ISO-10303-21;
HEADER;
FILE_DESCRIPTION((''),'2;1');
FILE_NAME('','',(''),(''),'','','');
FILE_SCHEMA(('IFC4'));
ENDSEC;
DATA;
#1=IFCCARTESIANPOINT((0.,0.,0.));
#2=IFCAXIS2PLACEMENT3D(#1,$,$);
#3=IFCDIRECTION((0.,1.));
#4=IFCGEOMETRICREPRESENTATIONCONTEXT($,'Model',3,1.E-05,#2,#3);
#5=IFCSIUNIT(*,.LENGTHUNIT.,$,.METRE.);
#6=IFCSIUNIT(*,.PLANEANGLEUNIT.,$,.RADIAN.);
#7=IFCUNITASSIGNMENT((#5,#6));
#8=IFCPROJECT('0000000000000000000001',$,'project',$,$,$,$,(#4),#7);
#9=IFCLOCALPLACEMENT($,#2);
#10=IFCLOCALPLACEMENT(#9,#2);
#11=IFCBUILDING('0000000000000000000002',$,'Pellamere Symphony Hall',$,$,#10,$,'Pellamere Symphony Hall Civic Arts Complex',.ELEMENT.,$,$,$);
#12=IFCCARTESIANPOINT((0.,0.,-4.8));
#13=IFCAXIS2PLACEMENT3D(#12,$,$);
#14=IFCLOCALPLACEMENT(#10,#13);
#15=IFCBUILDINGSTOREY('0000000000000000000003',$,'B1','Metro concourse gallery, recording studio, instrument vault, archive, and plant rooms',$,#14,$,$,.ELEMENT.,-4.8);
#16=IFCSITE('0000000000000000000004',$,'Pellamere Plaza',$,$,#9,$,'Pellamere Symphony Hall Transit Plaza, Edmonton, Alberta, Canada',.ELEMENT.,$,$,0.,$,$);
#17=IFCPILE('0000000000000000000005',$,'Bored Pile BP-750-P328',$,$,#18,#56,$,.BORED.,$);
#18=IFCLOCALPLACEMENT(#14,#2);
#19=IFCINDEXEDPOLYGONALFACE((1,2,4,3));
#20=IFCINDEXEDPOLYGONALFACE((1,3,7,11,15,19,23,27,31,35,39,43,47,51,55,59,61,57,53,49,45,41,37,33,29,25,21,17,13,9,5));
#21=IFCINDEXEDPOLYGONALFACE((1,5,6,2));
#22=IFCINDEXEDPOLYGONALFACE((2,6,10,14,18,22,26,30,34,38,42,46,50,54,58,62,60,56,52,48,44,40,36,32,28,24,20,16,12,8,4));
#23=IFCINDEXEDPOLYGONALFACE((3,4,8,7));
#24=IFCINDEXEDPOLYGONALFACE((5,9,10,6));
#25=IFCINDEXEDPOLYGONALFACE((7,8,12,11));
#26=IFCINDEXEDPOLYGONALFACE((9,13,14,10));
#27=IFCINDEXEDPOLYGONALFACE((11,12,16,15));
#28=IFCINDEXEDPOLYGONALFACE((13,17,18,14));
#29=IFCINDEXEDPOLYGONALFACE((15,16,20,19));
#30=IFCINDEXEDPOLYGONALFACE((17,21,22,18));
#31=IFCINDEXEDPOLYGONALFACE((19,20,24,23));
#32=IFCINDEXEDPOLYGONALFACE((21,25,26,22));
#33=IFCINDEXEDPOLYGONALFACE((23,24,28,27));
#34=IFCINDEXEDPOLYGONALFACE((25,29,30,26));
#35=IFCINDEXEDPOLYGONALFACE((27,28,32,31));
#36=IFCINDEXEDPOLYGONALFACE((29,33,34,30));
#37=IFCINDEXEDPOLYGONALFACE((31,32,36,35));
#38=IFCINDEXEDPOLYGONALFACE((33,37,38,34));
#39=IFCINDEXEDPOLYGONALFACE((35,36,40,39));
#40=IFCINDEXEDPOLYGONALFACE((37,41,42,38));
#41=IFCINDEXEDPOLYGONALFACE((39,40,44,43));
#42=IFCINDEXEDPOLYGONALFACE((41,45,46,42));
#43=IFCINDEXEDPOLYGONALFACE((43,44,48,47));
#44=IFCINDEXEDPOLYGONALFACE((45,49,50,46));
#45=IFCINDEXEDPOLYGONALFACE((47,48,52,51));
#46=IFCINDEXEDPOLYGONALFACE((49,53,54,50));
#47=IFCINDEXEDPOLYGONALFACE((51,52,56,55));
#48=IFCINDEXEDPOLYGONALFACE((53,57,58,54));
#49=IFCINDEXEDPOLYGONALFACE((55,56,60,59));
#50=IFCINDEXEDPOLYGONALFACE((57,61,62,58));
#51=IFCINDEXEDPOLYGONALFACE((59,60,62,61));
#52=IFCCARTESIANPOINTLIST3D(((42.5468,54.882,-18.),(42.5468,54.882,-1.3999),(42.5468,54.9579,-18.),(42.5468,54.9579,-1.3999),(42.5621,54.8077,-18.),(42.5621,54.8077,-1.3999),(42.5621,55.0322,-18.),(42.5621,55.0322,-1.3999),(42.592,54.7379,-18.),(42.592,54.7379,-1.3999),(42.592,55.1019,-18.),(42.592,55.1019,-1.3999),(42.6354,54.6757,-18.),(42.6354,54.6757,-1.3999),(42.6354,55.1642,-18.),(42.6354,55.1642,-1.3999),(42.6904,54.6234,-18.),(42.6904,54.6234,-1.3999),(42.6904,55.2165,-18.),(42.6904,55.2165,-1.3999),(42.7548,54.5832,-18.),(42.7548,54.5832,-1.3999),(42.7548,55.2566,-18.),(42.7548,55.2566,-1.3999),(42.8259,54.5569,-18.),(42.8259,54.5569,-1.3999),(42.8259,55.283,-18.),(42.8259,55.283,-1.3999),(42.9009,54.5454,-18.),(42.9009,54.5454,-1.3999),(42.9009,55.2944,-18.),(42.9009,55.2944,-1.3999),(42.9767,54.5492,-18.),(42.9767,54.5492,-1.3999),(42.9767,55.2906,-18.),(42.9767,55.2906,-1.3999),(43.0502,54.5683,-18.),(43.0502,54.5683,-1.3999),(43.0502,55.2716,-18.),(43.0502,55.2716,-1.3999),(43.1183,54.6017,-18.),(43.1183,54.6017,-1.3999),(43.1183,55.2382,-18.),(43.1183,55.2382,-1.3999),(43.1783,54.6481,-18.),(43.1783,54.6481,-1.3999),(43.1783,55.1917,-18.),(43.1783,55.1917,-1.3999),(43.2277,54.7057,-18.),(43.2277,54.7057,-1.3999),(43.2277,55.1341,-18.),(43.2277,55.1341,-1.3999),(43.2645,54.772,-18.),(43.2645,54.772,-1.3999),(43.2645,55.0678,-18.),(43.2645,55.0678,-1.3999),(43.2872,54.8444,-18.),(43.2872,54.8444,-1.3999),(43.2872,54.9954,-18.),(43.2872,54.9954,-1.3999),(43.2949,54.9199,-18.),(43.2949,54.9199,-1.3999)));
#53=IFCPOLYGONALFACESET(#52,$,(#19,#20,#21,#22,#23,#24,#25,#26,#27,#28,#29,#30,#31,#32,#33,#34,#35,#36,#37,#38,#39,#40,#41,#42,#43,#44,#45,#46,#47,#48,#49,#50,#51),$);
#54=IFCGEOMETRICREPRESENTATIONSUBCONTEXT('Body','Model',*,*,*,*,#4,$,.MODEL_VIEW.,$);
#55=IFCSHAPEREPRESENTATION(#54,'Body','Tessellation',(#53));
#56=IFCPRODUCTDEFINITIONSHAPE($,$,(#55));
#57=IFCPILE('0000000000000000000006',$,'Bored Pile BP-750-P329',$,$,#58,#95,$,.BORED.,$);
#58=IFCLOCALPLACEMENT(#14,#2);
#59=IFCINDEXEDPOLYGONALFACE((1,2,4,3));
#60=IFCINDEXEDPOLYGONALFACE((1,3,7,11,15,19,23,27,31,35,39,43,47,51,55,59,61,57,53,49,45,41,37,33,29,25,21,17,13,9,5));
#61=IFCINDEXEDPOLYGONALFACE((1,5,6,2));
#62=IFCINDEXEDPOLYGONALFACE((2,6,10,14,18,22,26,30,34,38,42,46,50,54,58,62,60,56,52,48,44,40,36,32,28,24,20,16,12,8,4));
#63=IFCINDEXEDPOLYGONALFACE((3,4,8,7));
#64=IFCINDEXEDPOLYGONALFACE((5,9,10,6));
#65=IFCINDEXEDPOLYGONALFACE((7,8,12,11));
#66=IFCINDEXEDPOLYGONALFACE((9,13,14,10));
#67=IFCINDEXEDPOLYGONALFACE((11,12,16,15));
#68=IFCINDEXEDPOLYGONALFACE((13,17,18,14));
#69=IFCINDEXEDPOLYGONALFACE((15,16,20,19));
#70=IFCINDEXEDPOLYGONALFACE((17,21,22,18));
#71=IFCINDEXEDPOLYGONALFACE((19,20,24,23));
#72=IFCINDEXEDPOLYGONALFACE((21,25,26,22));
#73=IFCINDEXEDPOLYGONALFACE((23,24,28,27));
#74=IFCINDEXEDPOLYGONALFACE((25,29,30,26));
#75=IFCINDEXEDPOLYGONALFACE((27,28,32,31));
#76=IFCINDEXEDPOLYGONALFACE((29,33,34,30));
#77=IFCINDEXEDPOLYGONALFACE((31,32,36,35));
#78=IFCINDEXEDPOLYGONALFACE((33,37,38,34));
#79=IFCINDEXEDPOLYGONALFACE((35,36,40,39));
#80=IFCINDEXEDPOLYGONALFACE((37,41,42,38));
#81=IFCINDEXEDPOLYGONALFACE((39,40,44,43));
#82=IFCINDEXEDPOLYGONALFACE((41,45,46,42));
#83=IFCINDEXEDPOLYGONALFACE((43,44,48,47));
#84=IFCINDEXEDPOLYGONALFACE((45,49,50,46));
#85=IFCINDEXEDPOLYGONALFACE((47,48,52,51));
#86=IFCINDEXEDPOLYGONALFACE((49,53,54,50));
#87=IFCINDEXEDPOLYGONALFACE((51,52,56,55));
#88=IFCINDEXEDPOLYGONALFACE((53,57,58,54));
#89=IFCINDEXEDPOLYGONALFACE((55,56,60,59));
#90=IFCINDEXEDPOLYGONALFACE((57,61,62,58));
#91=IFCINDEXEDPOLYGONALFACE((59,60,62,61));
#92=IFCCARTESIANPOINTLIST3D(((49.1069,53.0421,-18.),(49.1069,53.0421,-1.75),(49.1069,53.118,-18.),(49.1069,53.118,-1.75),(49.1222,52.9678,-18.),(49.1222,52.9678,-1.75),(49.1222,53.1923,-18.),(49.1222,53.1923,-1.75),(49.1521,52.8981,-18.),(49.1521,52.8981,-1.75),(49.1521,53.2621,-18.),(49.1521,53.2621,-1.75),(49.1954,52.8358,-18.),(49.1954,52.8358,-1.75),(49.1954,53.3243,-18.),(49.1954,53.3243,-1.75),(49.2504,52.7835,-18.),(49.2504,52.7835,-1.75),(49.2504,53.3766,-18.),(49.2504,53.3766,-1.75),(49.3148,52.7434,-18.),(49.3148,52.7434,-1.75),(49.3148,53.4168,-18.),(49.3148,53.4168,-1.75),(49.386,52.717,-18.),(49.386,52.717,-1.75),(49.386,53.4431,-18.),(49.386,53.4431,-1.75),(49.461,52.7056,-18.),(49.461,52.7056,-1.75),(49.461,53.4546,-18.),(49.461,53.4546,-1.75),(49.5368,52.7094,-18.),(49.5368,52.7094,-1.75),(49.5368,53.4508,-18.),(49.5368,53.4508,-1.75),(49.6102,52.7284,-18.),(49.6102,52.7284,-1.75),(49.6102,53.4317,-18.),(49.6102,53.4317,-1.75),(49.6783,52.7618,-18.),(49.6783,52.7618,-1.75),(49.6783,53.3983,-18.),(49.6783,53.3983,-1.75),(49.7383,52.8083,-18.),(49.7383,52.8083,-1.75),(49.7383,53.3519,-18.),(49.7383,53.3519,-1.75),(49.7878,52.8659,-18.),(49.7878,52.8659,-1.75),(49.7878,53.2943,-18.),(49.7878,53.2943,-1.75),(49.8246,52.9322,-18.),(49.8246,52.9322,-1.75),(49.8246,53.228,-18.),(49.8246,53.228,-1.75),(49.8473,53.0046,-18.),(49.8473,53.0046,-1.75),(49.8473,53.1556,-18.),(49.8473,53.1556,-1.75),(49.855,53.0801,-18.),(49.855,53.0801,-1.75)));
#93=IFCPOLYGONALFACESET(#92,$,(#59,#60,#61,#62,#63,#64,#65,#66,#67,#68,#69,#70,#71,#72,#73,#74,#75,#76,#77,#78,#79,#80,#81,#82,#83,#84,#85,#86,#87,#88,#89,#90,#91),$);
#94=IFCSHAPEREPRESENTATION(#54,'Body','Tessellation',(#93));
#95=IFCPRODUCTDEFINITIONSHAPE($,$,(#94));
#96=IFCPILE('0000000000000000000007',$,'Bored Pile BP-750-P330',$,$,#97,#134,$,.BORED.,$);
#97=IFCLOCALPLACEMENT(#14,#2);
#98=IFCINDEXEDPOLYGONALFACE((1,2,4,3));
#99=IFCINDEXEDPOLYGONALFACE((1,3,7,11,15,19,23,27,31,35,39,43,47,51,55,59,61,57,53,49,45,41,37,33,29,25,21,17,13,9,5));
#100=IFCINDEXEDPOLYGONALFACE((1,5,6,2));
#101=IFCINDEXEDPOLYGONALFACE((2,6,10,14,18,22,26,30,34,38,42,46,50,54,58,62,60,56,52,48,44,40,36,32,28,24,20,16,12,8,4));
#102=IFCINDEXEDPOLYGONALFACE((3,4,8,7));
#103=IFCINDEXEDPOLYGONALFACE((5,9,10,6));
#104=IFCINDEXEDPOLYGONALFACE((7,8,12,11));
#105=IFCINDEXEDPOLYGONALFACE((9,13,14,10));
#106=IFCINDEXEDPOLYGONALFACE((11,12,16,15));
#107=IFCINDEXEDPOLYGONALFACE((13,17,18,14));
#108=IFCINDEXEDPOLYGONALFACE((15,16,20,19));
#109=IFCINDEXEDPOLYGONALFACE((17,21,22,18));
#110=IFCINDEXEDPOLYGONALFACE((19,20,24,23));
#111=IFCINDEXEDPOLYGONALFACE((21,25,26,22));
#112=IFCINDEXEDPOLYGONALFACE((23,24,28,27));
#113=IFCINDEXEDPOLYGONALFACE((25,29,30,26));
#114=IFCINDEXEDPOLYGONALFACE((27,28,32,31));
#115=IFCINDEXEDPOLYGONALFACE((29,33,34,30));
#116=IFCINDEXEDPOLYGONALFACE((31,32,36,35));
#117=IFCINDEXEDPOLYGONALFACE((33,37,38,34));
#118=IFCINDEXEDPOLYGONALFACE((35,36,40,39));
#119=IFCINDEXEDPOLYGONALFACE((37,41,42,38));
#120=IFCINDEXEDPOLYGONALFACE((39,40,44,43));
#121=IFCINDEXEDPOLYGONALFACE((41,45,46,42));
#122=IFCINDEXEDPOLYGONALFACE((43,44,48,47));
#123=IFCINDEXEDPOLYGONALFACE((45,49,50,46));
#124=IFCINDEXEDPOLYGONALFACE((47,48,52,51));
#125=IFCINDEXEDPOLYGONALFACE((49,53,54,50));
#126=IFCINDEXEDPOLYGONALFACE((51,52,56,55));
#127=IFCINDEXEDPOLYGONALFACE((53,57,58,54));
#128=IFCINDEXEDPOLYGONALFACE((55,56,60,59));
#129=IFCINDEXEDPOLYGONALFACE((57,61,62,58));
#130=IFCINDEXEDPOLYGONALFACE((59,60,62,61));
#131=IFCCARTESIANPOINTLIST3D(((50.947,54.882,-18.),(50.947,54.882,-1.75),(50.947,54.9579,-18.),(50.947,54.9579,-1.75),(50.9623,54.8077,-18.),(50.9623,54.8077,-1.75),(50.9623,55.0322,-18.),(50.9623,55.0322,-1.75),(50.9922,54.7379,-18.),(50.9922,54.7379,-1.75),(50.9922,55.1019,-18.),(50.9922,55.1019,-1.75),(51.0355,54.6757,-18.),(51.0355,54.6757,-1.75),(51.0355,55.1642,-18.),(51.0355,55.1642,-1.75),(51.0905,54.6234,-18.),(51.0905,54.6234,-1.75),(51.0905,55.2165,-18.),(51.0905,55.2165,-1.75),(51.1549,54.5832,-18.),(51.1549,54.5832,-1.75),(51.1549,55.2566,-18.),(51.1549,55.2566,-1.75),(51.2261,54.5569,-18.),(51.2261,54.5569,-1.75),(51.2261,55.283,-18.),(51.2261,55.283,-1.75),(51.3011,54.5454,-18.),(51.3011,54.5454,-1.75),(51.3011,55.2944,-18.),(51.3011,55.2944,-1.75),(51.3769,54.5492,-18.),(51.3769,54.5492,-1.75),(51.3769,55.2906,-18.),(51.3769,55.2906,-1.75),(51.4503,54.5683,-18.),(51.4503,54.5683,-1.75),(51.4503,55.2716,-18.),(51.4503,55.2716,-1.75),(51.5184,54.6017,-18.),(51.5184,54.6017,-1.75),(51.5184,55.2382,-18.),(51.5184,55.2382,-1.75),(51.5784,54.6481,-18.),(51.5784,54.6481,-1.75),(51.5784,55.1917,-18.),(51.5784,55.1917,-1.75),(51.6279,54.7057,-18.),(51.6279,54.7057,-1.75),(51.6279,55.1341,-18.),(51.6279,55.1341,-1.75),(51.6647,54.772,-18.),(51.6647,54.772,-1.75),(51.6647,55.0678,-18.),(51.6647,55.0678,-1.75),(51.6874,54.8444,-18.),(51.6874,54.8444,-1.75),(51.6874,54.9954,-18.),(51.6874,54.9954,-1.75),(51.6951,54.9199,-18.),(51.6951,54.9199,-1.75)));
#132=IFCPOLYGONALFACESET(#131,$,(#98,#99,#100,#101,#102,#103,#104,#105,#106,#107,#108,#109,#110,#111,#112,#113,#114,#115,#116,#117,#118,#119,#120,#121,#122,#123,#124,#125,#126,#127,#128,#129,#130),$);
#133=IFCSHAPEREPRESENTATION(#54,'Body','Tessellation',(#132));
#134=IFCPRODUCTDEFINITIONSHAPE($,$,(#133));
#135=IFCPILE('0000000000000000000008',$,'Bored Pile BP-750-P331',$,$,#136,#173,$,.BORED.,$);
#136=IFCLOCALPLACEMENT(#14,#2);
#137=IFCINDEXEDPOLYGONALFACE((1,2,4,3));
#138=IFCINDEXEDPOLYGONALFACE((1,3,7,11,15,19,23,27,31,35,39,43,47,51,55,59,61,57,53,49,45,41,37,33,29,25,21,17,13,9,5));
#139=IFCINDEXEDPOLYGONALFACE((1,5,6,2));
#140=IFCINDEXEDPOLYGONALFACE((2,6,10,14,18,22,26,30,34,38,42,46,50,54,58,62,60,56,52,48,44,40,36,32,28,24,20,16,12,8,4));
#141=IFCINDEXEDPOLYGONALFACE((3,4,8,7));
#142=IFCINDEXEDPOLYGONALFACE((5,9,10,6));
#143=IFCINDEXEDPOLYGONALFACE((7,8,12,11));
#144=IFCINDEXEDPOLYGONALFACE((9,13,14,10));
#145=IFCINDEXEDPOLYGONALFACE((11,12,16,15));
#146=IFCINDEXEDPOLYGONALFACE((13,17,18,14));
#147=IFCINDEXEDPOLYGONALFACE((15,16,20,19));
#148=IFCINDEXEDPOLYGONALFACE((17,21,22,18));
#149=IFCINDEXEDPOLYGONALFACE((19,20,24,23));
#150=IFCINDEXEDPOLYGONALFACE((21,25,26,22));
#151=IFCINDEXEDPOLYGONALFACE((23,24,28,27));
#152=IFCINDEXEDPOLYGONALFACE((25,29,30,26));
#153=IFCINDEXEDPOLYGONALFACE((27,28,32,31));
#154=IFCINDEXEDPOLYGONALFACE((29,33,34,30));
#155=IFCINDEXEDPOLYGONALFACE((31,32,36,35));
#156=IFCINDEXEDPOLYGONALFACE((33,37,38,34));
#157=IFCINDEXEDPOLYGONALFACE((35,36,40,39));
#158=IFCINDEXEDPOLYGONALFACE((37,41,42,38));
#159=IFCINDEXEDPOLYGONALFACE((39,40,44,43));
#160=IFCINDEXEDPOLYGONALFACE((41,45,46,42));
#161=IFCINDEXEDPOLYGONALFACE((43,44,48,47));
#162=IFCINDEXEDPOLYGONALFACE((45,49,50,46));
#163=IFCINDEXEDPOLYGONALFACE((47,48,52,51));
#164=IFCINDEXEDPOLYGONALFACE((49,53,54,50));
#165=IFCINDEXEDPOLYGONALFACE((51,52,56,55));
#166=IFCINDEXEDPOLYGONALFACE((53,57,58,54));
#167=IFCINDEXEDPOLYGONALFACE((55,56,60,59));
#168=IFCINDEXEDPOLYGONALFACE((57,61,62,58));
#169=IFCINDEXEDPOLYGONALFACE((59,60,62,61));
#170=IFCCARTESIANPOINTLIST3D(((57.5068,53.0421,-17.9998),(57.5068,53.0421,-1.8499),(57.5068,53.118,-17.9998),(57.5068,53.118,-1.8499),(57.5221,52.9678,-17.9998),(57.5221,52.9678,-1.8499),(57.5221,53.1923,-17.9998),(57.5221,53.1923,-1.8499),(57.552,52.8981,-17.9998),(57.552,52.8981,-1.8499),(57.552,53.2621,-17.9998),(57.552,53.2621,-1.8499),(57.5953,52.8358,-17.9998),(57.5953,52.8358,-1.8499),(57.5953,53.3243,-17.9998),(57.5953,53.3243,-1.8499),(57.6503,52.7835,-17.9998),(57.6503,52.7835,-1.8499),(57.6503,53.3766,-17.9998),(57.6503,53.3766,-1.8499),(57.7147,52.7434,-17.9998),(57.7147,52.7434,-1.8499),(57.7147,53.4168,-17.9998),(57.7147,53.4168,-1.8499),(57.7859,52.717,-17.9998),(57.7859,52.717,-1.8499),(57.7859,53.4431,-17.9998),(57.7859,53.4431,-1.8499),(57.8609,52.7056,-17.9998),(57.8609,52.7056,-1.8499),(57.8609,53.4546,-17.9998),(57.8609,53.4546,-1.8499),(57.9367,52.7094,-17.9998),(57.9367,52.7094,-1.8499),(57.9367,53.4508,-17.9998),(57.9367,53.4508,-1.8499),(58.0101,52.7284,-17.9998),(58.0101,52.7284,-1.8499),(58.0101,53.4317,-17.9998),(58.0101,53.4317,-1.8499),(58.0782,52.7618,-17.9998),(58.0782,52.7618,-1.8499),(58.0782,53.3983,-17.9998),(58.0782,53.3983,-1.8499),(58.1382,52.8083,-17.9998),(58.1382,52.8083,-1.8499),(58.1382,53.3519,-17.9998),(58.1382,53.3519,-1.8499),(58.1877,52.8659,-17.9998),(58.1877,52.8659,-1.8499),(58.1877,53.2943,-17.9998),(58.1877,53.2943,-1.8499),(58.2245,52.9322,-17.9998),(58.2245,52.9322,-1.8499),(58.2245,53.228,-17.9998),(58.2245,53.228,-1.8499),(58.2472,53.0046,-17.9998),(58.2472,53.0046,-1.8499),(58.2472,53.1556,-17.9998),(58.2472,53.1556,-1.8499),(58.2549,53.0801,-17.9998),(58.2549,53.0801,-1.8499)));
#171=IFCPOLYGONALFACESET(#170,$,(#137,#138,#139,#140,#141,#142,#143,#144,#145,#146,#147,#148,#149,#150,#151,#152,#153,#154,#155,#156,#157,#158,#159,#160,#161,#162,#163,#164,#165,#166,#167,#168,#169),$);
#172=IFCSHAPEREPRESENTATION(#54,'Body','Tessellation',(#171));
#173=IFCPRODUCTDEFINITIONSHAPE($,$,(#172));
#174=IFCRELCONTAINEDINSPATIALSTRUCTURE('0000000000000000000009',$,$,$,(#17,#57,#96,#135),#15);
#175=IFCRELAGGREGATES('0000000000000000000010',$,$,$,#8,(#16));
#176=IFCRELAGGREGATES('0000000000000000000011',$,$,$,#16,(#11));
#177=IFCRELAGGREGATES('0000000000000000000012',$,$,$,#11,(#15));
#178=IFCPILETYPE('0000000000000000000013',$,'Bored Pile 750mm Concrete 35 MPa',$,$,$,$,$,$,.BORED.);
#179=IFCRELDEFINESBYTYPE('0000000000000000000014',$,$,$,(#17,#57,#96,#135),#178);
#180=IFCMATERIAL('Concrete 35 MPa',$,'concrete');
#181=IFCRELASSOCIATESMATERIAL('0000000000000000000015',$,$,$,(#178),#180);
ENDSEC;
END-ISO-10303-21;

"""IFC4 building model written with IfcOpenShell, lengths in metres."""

from ifc_helpers import new_model, si_unit, direction, frame, origin, origin_2d, place, context, subcontext, project, spatial, circle, extrude, material, material_profile, profile_set, type_object, element, save


model = new_model("IFC4")

# Units and contexts
model_context = context("Model", 3, precision=1e-05, world=origin(), true_north=direction((0.0, 1.0)))
body_context = subcontext(model_context, "Body", "Model", "MODEL_VIEW")
ifc_project = project(units=[si_unit("LENGTHUNIT", "METRE"), si_unit("PLANEANGLEUNIT", "RADIAN")], contexts=[model_context])

# Site, building, storey
site_placement = place(None, origin())
site = spatial("IfcSite", under=ifc_project, at=site_placement, Name="Pellamere Plaza", LongName="Pellamere Symphony Hall Transit Plaza, Edmonton, Alberta, Canada", CompositionType="ELEMENT", RefElevation=0.0)
building_placement = place(site_placement, origin())
building = spatial("IfcBuilding", under=site, at=building_placement, Name="Pellamere Symphony Hall", LongName="Pellamere Symphony Hall Civic Arts Complex", CompositionType="ELEMENT")
storey_placement = place(building_placement, frame((0.0, 0.0, -4.8)))
storey = spatial("IfcBuildingStorey", under=building, at=storey_placement, Name="B1", Description="Metro concourse gallery, recording studio, instrument vault, archive, and plant rooms", CompositionType="ELEMENT", Elevation=-4.8)

# Piles
ifc_material_1 = material(Name="Concrete 35 MPa", Category="concrete")
ifc_material_profile_1 = material_profile(ifc_material_1, circle(Radius=0.375, at=origin_2d()), Name="PILE D750")
ifc_profile_set_1 = profile_set([ifc_material_profile_1], Name="Concrete 35 MPa")
pile_type = type_object("IfcPileType", Name="Bored Pile 750mm Concrete 35 MPa", PredefinedType="BORED", material=ifc_profile_set_1)
pile_1_placement = place(storey_placement, frame((42.9199, 54.9199, -1.3999), z_axis=(0.0, 0.0, -1.0), x_axis=(1.0, 0.0, 0.0)))
element("IfcPile", 1, at=pile_1_placement, inside=storey, type_object=pile_type, Name="Bored Pile BP-750-P328", PredefinedType="BORED", context=body_context, shape_type="SweptSolid", body=[
    extrude(circle(Radius=0.375, at=origin_2d()), origin(), (0.0, 0.0, 1.0), 16.6001),
])
for number, where, z_axis, x_axis, name in (
    (2, (49.48, 53.0801, -1.75), (0.0, 0.0, -1.0), (1.0, 0.0, 0.0), "Bored Pile BP-750-P329"),
    (3, (51.3201, 54.9199, -1.75), (0.0, 0.0, -1.0), (1.0, 0.0, 0.0), "Bored Pile BP-750-P330"),
):
    element("IfcPile", number, at=place(storey_placement, frame(where, z_axis=z_axis, x_axis=x_axis)), inside=storey, type_object=pile_type, Name=name, PredefinedType="BORED", context=body_context, shape_type="SweptSolid", body=[
        extrude(circle(Radius=0.375, at=origin_2d()), origin(), (0.0, 0.0, 1.0), 16.25),
    ])
pile_2_placement = place(storey_placement, frame((57.8799, 53.0801, -1.8499), z_axis=(0.0, 0.0, -1.0), x_axis=(1.0, 0.0, 0.0)))
element("IfcPile", 4, at=pile_2_placement, inside=storey, type_object=pile_type, Name="Bored Pile BP-750-P331", PredefinedType="BORED", context=body_context, shape_type="SweptSolid", body=[
    extrude(circle(Radius=0.375, at=origin_2d()), origin(), (0.0, 0.0, 1.0), 16.1499),
])

save(model, "model.ifc")
